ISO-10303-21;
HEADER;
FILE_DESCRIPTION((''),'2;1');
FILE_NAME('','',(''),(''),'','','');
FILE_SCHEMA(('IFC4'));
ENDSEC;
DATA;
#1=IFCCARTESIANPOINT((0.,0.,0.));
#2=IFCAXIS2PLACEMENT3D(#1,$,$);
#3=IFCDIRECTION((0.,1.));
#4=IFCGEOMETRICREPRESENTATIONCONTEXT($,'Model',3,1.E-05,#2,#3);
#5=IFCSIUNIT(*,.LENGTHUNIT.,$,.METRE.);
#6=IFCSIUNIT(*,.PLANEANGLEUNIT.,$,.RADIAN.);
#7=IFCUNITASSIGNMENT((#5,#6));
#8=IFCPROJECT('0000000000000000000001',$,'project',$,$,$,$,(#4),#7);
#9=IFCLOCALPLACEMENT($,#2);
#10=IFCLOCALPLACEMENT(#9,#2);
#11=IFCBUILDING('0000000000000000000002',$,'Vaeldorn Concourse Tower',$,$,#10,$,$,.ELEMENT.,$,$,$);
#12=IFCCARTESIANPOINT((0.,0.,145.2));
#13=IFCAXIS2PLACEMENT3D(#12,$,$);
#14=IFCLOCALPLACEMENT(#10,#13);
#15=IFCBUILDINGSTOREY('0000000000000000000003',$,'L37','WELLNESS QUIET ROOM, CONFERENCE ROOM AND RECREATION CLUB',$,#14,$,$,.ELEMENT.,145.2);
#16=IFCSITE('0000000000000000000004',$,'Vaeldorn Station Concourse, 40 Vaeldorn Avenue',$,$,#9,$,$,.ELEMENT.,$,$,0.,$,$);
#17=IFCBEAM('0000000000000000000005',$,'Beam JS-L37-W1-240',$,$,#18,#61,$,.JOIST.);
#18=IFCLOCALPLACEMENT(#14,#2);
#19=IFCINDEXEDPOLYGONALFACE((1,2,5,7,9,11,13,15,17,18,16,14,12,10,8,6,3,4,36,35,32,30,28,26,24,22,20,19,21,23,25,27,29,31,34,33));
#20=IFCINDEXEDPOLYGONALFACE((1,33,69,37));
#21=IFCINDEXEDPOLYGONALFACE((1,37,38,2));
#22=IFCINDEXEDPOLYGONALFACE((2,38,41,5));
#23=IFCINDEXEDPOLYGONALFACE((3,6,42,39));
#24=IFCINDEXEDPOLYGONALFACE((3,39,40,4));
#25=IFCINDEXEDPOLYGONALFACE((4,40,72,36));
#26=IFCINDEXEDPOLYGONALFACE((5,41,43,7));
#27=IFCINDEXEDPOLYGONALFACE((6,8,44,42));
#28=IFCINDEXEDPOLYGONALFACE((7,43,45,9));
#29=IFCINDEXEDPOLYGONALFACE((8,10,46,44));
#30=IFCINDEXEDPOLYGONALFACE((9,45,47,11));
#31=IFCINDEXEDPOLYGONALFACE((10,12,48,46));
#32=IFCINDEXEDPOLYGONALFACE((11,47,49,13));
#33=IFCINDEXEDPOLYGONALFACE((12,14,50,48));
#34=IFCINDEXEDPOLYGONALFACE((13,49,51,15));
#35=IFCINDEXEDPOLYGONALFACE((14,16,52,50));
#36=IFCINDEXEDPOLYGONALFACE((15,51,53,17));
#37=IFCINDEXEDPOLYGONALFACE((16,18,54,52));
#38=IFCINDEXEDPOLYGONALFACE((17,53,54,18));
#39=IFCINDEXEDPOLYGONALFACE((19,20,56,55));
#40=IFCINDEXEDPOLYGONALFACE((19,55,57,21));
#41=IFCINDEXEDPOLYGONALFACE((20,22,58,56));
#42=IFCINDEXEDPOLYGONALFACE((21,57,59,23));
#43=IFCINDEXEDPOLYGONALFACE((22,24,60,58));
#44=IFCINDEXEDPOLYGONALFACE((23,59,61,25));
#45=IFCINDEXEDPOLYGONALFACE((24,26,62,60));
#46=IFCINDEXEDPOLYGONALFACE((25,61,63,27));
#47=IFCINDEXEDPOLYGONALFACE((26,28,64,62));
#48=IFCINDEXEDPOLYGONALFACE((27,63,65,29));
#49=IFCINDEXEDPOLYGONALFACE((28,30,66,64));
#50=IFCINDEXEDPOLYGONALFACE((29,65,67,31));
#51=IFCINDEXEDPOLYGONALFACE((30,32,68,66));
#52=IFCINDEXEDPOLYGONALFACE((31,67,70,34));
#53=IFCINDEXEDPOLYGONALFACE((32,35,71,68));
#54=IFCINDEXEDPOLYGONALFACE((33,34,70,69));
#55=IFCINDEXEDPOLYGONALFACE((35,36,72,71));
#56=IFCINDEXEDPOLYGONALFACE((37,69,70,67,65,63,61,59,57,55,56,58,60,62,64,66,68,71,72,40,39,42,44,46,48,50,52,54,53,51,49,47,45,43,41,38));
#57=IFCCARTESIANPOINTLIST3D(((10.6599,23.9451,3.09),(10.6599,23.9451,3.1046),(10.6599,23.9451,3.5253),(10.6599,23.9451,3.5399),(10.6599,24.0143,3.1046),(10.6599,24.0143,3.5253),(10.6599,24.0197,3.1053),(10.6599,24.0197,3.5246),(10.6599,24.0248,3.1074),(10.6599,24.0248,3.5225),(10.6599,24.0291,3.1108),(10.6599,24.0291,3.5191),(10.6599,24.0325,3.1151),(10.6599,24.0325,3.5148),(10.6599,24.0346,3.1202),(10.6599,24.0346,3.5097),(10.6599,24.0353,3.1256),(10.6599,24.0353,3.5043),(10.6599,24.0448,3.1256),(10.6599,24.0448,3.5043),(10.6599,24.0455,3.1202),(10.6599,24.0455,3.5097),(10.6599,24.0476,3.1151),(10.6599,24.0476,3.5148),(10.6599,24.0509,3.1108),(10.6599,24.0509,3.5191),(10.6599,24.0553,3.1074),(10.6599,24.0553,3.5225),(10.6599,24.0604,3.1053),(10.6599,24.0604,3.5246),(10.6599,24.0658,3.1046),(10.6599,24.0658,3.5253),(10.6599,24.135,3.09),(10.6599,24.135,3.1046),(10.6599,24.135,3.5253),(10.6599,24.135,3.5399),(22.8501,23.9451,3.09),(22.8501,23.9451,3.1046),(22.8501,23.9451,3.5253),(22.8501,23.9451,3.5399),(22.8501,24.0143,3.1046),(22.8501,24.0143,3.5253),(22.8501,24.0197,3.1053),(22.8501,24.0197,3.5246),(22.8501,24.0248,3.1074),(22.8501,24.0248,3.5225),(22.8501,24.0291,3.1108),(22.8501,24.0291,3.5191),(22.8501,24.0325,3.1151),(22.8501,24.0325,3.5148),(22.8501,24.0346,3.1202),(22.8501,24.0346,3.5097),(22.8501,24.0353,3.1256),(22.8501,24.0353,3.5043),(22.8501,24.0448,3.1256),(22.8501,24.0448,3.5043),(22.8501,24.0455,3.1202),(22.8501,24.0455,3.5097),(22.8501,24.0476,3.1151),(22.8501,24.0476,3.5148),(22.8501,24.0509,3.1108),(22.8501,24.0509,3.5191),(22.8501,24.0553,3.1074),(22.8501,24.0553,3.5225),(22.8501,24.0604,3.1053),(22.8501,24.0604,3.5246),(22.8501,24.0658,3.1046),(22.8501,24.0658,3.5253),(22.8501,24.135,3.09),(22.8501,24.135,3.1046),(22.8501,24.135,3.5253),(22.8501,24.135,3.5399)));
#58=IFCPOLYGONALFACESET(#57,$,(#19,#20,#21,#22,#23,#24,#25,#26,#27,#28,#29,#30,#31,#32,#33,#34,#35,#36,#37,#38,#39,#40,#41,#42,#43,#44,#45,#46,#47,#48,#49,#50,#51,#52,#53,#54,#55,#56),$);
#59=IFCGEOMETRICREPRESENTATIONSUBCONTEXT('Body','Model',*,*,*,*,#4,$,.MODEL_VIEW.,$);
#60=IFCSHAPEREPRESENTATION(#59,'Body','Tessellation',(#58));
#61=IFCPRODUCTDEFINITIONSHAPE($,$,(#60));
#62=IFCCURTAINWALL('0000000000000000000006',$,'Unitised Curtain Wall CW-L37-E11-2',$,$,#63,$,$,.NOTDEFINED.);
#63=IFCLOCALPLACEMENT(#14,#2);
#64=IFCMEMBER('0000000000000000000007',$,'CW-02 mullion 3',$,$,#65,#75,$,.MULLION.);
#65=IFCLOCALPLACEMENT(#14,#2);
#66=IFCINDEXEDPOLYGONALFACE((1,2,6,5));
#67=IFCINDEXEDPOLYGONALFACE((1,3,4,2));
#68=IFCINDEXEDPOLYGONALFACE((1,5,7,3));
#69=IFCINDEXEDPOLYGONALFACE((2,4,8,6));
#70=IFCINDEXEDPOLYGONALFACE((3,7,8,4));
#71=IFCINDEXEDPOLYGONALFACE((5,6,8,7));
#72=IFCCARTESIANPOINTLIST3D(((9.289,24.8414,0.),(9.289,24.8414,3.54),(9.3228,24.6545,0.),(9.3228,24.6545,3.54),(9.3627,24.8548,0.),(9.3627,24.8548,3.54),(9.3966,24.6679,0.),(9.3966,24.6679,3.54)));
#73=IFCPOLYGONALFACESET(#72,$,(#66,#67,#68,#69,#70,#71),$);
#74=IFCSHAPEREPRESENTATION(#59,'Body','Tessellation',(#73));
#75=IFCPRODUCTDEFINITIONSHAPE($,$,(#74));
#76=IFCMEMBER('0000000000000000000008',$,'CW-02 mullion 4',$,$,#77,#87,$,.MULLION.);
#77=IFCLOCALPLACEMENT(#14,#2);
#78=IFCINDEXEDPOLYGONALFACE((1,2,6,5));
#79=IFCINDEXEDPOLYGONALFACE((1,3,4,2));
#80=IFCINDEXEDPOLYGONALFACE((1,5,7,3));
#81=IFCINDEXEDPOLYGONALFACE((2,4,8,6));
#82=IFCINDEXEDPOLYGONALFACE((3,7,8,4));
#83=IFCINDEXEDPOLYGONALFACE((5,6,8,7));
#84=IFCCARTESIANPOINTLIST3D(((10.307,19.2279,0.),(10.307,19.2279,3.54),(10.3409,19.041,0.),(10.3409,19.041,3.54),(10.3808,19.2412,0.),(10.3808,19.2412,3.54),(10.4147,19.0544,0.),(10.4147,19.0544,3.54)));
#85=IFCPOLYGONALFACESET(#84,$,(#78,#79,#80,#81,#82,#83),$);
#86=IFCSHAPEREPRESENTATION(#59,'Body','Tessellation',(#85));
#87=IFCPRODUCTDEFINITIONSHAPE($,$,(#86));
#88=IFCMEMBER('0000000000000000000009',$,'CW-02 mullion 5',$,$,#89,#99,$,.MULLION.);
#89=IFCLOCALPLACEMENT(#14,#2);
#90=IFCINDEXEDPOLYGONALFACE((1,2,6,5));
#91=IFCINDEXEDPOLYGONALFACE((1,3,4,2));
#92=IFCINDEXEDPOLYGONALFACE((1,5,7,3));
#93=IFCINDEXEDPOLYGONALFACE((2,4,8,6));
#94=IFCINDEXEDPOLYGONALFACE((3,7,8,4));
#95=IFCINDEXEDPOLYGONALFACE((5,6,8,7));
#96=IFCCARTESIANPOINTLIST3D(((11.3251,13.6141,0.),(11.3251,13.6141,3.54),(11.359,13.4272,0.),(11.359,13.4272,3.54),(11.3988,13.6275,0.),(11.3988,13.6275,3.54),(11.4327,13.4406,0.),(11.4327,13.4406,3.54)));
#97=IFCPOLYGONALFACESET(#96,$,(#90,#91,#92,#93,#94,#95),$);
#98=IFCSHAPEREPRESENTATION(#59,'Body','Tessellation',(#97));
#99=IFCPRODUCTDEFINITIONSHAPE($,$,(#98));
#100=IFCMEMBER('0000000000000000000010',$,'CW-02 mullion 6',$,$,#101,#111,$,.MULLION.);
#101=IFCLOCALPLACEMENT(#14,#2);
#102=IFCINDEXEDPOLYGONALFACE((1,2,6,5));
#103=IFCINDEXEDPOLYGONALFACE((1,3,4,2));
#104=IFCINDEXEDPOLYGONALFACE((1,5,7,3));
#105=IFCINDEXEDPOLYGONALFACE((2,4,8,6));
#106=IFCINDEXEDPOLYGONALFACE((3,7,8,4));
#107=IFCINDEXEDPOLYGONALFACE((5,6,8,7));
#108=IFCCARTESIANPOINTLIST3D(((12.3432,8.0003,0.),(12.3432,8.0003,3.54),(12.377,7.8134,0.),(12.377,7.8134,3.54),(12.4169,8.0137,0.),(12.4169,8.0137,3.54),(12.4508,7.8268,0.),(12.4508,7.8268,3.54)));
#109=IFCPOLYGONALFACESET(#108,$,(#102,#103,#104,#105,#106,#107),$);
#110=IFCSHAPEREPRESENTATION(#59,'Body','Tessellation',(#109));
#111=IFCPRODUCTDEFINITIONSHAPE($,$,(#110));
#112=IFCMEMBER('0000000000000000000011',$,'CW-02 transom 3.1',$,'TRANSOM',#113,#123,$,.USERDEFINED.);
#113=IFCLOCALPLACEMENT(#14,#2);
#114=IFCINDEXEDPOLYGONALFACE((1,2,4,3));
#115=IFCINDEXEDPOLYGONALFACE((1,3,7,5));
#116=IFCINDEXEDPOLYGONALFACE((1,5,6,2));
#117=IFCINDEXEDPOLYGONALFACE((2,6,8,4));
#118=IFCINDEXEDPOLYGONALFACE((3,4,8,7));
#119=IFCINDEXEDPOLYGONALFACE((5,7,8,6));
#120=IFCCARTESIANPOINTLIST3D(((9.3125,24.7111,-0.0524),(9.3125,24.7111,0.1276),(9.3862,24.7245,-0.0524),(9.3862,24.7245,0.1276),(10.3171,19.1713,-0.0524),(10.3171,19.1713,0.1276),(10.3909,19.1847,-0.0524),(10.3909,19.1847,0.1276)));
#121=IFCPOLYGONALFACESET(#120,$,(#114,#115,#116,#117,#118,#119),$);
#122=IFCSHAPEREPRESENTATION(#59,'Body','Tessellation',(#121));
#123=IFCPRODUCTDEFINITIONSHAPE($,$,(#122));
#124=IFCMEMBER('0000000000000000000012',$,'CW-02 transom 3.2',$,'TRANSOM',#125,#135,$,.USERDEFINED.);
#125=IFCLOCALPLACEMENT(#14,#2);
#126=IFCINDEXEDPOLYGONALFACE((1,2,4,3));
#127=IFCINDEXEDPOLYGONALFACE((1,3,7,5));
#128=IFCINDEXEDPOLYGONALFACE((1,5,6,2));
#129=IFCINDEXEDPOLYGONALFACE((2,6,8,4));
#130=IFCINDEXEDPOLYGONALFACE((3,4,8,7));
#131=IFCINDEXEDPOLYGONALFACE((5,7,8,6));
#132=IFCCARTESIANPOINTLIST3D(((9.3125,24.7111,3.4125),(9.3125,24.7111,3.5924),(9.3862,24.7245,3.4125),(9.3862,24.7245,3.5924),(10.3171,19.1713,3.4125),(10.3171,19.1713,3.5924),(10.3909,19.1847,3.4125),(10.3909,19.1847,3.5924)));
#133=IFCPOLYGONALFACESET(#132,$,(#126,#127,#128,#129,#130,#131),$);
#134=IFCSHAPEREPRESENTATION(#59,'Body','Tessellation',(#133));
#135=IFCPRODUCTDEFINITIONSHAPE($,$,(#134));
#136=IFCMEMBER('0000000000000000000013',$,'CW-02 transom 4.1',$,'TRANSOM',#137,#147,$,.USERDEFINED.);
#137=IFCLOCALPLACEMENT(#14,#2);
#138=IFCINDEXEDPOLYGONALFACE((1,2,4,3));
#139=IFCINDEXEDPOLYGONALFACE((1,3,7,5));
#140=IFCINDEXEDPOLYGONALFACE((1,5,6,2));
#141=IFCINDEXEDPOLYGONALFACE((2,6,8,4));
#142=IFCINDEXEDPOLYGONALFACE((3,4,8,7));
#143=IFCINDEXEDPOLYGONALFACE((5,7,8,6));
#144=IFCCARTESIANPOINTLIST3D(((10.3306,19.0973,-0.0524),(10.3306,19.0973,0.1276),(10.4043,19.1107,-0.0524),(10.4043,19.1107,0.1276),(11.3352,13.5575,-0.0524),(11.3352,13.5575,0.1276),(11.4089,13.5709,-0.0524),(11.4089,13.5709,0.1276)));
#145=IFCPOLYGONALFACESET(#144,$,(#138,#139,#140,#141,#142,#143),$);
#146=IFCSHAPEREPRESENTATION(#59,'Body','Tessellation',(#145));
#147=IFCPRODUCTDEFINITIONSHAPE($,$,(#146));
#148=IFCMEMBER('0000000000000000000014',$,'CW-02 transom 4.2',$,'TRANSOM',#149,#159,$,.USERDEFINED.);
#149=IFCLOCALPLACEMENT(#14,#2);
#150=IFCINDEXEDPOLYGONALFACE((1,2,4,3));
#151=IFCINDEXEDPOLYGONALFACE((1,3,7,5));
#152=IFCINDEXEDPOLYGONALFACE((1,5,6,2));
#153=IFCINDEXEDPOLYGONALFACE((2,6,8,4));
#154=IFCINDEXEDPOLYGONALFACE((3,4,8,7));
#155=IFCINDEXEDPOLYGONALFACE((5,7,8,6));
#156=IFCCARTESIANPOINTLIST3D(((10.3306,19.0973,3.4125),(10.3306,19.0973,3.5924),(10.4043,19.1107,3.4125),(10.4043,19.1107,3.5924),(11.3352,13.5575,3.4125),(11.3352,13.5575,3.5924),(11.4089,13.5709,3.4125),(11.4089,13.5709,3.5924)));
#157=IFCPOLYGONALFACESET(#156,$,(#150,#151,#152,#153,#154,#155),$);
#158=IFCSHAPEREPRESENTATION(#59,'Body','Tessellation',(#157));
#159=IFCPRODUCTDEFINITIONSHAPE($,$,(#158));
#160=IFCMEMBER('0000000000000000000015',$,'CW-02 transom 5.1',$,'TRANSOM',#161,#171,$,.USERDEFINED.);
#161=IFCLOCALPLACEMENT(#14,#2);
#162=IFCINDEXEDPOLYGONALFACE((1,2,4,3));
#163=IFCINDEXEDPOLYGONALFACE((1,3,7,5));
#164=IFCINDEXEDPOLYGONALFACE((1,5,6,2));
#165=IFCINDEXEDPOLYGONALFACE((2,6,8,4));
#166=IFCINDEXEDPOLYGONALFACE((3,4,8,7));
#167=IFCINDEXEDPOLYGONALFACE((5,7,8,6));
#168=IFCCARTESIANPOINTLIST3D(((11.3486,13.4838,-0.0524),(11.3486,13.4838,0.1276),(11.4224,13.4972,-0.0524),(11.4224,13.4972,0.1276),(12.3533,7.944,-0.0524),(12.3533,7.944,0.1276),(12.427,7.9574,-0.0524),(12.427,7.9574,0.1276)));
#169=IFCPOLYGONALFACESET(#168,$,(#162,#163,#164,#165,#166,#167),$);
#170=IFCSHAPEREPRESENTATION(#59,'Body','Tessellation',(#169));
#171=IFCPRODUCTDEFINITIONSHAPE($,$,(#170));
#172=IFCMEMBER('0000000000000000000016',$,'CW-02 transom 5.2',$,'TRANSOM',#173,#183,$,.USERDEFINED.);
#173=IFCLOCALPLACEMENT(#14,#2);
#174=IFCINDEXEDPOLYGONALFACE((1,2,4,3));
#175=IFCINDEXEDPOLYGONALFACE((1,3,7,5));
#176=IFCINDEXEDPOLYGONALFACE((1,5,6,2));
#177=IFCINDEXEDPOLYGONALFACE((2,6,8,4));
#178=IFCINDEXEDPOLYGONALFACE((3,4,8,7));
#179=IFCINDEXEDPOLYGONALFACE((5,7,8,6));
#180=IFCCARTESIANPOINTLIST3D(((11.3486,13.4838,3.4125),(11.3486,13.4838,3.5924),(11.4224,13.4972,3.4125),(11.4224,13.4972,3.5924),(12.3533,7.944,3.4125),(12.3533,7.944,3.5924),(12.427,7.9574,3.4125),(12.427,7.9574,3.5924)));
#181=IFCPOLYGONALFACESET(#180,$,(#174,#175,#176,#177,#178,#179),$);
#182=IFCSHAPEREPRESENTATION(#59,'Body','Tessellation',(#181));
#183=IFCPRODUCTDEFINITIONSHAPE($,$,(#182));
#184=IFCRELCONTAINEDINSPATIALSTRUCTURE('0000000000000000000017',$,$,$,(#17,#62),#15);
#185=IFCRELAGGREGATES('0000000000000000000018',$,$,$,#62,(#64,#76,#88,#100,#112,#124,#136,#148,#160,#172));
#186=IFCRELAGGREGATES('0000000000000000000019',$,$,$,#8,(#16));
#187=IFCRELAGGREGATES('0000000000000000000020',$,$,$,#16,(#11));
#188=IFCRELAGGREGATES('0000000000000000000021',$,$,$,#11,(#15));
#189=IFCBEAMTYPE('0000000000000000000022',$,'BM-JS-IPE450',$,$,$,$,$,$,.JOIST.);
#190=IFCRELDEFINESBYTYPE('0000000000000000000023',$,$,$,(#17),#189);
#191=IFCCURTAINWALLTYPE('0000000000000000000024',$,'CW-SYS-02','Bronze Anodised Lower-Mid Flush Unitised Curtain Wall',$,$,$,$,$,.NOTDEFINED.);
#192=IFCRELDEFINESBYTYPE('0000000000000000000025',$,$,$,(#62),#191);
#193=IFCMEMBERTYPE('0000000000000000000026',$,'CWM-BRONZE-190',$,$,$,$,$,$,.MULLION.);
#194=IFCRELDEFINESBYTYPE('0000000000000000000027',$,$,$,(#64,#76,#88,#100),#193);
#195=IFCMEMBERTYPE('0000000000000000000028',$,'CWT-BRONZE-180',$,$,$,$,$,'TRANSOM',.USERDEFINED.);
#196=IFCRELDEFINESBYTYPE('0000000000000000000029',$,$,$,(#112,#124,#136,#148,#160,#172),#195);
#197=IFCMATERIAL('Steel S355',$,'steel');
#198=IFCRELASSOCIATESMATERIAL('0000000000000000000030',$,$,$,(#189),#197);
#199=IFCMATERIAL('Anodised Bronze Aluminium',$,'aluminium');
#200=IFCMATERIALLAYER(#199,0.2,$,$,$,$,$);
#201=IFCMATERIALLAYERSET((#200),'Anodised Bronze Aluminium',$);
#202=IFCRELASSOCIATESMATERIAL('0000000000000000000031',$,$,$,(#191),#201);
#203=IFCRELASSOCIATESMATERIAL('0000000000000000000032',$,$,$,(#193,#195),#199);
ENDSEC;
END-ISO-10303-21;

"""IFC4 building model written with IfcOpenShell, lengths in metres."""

from ifc_helpers import new_model, si_unit, direction, frame, origin, origin_2d, place, context, subcontext, project, spatial, rectangle, i_section, extrude, source, transform, mapped, material, layer, layer_set, material_profile, profile_set, type_object, element, aggregate, save


model = new_model("IFC4")

# Units and contexts
model_context = context("Model", 3, precision=1e-05, world=origin(), true_north=direction((0.0, 1.0)))
body_context = subcontext(model_context, "Body", "Model", "MODEL_VIEW")
ifc_project = project(units=[si_unit("LENGTHUNIT", "METRE"), si_unit("PLANEANGLEUNIT", "RADIAN")], contexts=[model_context])

# Site, building, storey
site_placement = place(None, origin())
site = spatial("IfcSite", under=ifc_project, at=site_placement, Name="Vaeldorn Station Concourse, 40 Vaeldorn Avenue", CompositionType="ELEMENT", RefElevation=0.0)
building_placement = place(site_placement, origin())
building = spatial("IfcBuilding", under=site, at=building_placement, Name="Vaeldorn Concourse Tower", CompositionType="ELEMENT")
storey_placement = place(building_placement, frame((0.0, 0.0, 145.2)))
storey = spatial("IfcBuildingStorey", under=building, at=storey_placement, Name="L37", Description="WELLNESS QUIET ROOM, CONFERENCE ROOM AND RECREATION CLUB", CompositionType="ELEMENT", Elevation=145.2)

# Beam
ifc_material_1 = material(Name="Steel S355", Category="steel")
ifc_material_profile_1 = material_profile(ifc_material_1, i_section(OverallWidth=0.1899, OverallDepth=0.45, WebThickness=0.0095, FlangeThickness=0.0146, FilletRadius=0.021, at=origin_2d()), Name="IPE 450")
ifc_profile_set_1 = profile_set([ifc_material_profile_1], Name="Steel S355")
beam_type_1 = type_object("IfcBeamType", Name="BM-JS-IPE450", PredefinedType="JOIST", material=ifc_profile_set_1)
shared_shape_1 = source(origin(), body_context, "Body", "SweptSolid", [
    extrude(i_section(OverallWidth=0.1899, OverallDepth=0.45, WebThickness=0.0095, FlangeThickness=0.0146, FilletRadius=0.021, at=origin_2d()), origin(), (0.0, 0.0, 1.0), 12.1902),
])
beam_1_placement = place(storey_placement, frame((10.6599, 24.04, 3.3149), z_axis=(1.0, 0.0, 0.0), x_axis=(0.0, 1.0, 0.0)))
element("IfcBeam", 1, at=beam_1_placement, inside=storey, type_object=beam_type_1, Name="Beam JS-L37-W1-240", PredefinedType="JOIST", context=body_context, shape_type="MappedRepresentation", body=[
    mapped(shared_shape_1, transform((0.0, 0.0, 0.0), scale=1.0)),
])

# Curtain wall, members
ifc_material_2 = material(Name="Anodised Bronze Aluminium", Category="aluminium")
ifc_layer_1 = layer(ifc_material_2, 0.2)
ifc_layer_set_1 = layer_set([ifc_layer_1], Name="Anodised Bronze Aluminium")
curtain_wall_type = type_object("IfcCurtainWallType", Name="CW-SYS-02", Description="Bronze Anodised Lower-Mid Flush Unitised Curtain Wall", PredefinedType="NOTDEFINED", material=ifc_layer_set_1)
curtain_wall_placement = place(storey_placement, origin())
curtain_wall = element("IfcCurtainWall", 2, at=curtain_wall_placement, inside=storey, type_object=curtain_wall_type, Name="Unitised Curtain Wall CW-L37-E11-2", PredefinedType="NOTDEFINED")
ifc_material_profile_2 = material_profile(ifc_material_2, rectangle(XDim=0.075, YDim=0.1899, at=origin_2d()), Name="CWM 75x190")
ifc_profile_set_2 = profile_set([ifc_material_profile_2], Name="Anodised Bronze Aluminium")
member_type_1 = type_object("IfcMemberType", Name="CWM-BRONZE-190", PredefinedType="MULLION", material=ifc_profile_set_2)
shared_shape_2 = source(origin(), body_context, "Body", "SweptSolid", [
    extrude(rectangle(XDim=0.075, YDim=0.1899, at=origin_2d()), origin(), (0.0, 0.0, 1.0), 3.54),
])
member_1_placement = place(storey_placement, frame((9.3428, 24.7546, 0.0), z_axis=(0.0, 0.0, 1.0), x_axis=(0.98395, 0.178447, 0.0)))
member_1 = element("IfcMember", 3, at=member_1_placement, type_object=member_type_1, Name="CW-02 mullion 3", PredefinedType="MULLION", context=body_context, shape_type="MappedRepresentation", body=[
    mapped(shared_shape_2, transform((0.0, 0.0, 0.0), scale=1.0)),
])
member_2_placement = place(storey_placement, frame((10.3608, 19.1411, 0.0), z_axis=(0.0, 0.0, 1.0), x_axis=(0.98395, 0.178447, 0.0)))
member_2 = element("IfcMember", 4, at=member_2_placement, type_object=member_type_1, Name="CW-02 mullion 4", PredefinedType="MULLION", context=body_context, shape_type="MappedRepresentation", body=[
    mapped(shared_shape_2, transform((0.0, 0.0, 0.0), scale=1.0)),
])
member_3_placement = place(storey_placement, frame((11.3789, 13.5273, 0.0), z_axis=(0.0, 0.0, 1.0), x_axis=(0.98395, 0.178447, 0.0)))
member_3 = element("IfcMember", 5, at=member_3_placement, type_object=member_type_1, Name="CW-02 mullion 5", PredefinedType="MULLION", context=body_context, shape_type="MappedRepresentation", body=[
    mapped(shared_shape_2, transform((0.0, 0.0, 0.0), scale=1.0)),
])
member_4_placement = place(storey_placement, frame((12.397, 7.9136, 0.0), z_axis=(0.0, 0.0, 1.0), x_axis=(0.98395, 0.178447, 0.0)))
member_4 = element("IfcMember", 6, at=member_4_placement, type_object=member_type_1, Name="CW-02 mullion 6", PredefinedType="MULLION", context=body_context, shape_type="MappedRepresentation", body=[
    mapped(shared_shape_2, transform((0.0, 0.0, 0.0), scale=1.0)),
])
ifc_material_profile_3 = material_profile(ifc_material_2, rectangle(XDim=0.075, YDim=0.1799, at=origin_2d()), Name="CWT 75x180")
ifc_profile_set_3 = profile_set([ifc_material_profile_3], Name="Anodised Bronze Aluminium")
member_type_2 = type_object("IfcMemberType", Name="CWT-BRONZE-180", ElementType="TRANSOM", PredefinedType="USERDEFINED", material=ifc_profile_set_3)
shared_shape_3 = source(origin(), body_context, "Body", "SweptSolid", [
    extrude(rectangle(XDim=0.075, YDim=0.1799, at=origin_2d()), origin(), (0.0, 0.0, 1.0), 5.6301),
])
member_5_placement = place(storey_placement, frame((9.3494, 24.7178, 0.0376), z_axis=(0.178439, -0.983951, 0.0), x_axis=(0.983951, 0.178439, 0.0)))
member_5 = element("IfcMember", 7, at=member_5_placement, type_object=member_type_2, Name="CW-02 transom 3.1", ObjectType="TRANSOM", PredefinedType="USERDEFINED", context=body_context, shape_type="MappedRepresentation", body=[
    mapped(shared_shape_3, transform((0.0, 0.0, 0.0), scale=1.0)),
])
member_6_placement = place(storey_placement, frame((9.3494, 24.7178, 3.5024), z_axis=(0.178439, -0.983951, 0.0), x_axis=(0.983951, 0.178439, 0.0)))
member_6 = element("IfcMember", 8, at=member_6_placement, type_object=member_type_2, Name="CW-02 transom 3.2", ObjectType="TRANSOM", PredefinedType="USERDEFINED", context=body_context, shape_type="MappedRepresentation", body=[
    mapped(shared_shape_3, transform((0.0, 0.0, 0.0), scale=1.0)),
])
member_7_placement = place(storey_placement, frame((10.3674, 19.104, 0.0376), z_axis=(0.178439, -0.983951, 0.0), x_axis=(0.983951, 0.178439, 0.0)))
member_7 = element("IfcMember", 9, at=member_7_placement, type_object=member_type_2, Name="CW-02 transom 4.1", ObjectType="TRANSOM", PredefinedType="USERDEFINED", context=body_context, shape_type="MappedRepresentation", body=[
    mapped(shared_shape_3, transform((0.0, 0.0, 0.0), scale=1.0)),
])
member_8_placement = place(storey_placement, frame((10.3674, 19.104, 3.5024), z_axis=(0.178439, -0.983951, 0.0), x_axis=(0.983951, 0.178439, 0.0)))
member_8 = element("IfcMember", 10, at=member_8_placement, type_object=member_type_2, Name="CW-02 transom 4.2", ObjectType="TRANSOM", PredefinedType="USERDEFINED", context=body_context, shape_type="MappedRepresentation", body=[
    mapped(shared_shape_3, transform((0.0, 0.0, 0.0), scale=1.0)),
])
member_9_placement = place(storey_placement, frame((11.3855, 13.4905, 0.0376), z_axis=(0.178439, -0.983951, 0.0), x_axis=(0.983951, 0.178439, 0.0)))
member_9 = element("IfcMember", 11, at=member_9_placement, type_object=member_type_2, Name="CW-02 transom 5.1", ObjectType="TRANSOM", PredefinedType="USERDEFINED", context=body_context, shape_type="MappedRepresentation", body=[
    mapped(shared_shape_3, transform((0.0, 0.0, 0.0), scale=1.0)),
])
member_10_placement = place(storey_placement, frame((11.3855, 13.4905, 3.5024), z_axis=(0.178439, -0.983951, 0.0), x_axis=(0.983951, 0.178439, 0.0)))
member_10 = element("IfcMember", 12, at=member_10_placement, type_object=member_type_2, Name="CW-02 transom 5.2", ObjectType="TRANSOM", PredefinedType="USERDEFINED", context=body_context, shape_type="MappedRepresentation", body=[
    mapped(shared_shape_3, transform((0.0, 0.0, 0.0), scale=1.0)),
])
aggregate(curtain_wall, [member_1, member_2, member_3, member_4, member_5, member_6, member_7, member_8, member_9, member_10])

save(model, "model.ifc")
